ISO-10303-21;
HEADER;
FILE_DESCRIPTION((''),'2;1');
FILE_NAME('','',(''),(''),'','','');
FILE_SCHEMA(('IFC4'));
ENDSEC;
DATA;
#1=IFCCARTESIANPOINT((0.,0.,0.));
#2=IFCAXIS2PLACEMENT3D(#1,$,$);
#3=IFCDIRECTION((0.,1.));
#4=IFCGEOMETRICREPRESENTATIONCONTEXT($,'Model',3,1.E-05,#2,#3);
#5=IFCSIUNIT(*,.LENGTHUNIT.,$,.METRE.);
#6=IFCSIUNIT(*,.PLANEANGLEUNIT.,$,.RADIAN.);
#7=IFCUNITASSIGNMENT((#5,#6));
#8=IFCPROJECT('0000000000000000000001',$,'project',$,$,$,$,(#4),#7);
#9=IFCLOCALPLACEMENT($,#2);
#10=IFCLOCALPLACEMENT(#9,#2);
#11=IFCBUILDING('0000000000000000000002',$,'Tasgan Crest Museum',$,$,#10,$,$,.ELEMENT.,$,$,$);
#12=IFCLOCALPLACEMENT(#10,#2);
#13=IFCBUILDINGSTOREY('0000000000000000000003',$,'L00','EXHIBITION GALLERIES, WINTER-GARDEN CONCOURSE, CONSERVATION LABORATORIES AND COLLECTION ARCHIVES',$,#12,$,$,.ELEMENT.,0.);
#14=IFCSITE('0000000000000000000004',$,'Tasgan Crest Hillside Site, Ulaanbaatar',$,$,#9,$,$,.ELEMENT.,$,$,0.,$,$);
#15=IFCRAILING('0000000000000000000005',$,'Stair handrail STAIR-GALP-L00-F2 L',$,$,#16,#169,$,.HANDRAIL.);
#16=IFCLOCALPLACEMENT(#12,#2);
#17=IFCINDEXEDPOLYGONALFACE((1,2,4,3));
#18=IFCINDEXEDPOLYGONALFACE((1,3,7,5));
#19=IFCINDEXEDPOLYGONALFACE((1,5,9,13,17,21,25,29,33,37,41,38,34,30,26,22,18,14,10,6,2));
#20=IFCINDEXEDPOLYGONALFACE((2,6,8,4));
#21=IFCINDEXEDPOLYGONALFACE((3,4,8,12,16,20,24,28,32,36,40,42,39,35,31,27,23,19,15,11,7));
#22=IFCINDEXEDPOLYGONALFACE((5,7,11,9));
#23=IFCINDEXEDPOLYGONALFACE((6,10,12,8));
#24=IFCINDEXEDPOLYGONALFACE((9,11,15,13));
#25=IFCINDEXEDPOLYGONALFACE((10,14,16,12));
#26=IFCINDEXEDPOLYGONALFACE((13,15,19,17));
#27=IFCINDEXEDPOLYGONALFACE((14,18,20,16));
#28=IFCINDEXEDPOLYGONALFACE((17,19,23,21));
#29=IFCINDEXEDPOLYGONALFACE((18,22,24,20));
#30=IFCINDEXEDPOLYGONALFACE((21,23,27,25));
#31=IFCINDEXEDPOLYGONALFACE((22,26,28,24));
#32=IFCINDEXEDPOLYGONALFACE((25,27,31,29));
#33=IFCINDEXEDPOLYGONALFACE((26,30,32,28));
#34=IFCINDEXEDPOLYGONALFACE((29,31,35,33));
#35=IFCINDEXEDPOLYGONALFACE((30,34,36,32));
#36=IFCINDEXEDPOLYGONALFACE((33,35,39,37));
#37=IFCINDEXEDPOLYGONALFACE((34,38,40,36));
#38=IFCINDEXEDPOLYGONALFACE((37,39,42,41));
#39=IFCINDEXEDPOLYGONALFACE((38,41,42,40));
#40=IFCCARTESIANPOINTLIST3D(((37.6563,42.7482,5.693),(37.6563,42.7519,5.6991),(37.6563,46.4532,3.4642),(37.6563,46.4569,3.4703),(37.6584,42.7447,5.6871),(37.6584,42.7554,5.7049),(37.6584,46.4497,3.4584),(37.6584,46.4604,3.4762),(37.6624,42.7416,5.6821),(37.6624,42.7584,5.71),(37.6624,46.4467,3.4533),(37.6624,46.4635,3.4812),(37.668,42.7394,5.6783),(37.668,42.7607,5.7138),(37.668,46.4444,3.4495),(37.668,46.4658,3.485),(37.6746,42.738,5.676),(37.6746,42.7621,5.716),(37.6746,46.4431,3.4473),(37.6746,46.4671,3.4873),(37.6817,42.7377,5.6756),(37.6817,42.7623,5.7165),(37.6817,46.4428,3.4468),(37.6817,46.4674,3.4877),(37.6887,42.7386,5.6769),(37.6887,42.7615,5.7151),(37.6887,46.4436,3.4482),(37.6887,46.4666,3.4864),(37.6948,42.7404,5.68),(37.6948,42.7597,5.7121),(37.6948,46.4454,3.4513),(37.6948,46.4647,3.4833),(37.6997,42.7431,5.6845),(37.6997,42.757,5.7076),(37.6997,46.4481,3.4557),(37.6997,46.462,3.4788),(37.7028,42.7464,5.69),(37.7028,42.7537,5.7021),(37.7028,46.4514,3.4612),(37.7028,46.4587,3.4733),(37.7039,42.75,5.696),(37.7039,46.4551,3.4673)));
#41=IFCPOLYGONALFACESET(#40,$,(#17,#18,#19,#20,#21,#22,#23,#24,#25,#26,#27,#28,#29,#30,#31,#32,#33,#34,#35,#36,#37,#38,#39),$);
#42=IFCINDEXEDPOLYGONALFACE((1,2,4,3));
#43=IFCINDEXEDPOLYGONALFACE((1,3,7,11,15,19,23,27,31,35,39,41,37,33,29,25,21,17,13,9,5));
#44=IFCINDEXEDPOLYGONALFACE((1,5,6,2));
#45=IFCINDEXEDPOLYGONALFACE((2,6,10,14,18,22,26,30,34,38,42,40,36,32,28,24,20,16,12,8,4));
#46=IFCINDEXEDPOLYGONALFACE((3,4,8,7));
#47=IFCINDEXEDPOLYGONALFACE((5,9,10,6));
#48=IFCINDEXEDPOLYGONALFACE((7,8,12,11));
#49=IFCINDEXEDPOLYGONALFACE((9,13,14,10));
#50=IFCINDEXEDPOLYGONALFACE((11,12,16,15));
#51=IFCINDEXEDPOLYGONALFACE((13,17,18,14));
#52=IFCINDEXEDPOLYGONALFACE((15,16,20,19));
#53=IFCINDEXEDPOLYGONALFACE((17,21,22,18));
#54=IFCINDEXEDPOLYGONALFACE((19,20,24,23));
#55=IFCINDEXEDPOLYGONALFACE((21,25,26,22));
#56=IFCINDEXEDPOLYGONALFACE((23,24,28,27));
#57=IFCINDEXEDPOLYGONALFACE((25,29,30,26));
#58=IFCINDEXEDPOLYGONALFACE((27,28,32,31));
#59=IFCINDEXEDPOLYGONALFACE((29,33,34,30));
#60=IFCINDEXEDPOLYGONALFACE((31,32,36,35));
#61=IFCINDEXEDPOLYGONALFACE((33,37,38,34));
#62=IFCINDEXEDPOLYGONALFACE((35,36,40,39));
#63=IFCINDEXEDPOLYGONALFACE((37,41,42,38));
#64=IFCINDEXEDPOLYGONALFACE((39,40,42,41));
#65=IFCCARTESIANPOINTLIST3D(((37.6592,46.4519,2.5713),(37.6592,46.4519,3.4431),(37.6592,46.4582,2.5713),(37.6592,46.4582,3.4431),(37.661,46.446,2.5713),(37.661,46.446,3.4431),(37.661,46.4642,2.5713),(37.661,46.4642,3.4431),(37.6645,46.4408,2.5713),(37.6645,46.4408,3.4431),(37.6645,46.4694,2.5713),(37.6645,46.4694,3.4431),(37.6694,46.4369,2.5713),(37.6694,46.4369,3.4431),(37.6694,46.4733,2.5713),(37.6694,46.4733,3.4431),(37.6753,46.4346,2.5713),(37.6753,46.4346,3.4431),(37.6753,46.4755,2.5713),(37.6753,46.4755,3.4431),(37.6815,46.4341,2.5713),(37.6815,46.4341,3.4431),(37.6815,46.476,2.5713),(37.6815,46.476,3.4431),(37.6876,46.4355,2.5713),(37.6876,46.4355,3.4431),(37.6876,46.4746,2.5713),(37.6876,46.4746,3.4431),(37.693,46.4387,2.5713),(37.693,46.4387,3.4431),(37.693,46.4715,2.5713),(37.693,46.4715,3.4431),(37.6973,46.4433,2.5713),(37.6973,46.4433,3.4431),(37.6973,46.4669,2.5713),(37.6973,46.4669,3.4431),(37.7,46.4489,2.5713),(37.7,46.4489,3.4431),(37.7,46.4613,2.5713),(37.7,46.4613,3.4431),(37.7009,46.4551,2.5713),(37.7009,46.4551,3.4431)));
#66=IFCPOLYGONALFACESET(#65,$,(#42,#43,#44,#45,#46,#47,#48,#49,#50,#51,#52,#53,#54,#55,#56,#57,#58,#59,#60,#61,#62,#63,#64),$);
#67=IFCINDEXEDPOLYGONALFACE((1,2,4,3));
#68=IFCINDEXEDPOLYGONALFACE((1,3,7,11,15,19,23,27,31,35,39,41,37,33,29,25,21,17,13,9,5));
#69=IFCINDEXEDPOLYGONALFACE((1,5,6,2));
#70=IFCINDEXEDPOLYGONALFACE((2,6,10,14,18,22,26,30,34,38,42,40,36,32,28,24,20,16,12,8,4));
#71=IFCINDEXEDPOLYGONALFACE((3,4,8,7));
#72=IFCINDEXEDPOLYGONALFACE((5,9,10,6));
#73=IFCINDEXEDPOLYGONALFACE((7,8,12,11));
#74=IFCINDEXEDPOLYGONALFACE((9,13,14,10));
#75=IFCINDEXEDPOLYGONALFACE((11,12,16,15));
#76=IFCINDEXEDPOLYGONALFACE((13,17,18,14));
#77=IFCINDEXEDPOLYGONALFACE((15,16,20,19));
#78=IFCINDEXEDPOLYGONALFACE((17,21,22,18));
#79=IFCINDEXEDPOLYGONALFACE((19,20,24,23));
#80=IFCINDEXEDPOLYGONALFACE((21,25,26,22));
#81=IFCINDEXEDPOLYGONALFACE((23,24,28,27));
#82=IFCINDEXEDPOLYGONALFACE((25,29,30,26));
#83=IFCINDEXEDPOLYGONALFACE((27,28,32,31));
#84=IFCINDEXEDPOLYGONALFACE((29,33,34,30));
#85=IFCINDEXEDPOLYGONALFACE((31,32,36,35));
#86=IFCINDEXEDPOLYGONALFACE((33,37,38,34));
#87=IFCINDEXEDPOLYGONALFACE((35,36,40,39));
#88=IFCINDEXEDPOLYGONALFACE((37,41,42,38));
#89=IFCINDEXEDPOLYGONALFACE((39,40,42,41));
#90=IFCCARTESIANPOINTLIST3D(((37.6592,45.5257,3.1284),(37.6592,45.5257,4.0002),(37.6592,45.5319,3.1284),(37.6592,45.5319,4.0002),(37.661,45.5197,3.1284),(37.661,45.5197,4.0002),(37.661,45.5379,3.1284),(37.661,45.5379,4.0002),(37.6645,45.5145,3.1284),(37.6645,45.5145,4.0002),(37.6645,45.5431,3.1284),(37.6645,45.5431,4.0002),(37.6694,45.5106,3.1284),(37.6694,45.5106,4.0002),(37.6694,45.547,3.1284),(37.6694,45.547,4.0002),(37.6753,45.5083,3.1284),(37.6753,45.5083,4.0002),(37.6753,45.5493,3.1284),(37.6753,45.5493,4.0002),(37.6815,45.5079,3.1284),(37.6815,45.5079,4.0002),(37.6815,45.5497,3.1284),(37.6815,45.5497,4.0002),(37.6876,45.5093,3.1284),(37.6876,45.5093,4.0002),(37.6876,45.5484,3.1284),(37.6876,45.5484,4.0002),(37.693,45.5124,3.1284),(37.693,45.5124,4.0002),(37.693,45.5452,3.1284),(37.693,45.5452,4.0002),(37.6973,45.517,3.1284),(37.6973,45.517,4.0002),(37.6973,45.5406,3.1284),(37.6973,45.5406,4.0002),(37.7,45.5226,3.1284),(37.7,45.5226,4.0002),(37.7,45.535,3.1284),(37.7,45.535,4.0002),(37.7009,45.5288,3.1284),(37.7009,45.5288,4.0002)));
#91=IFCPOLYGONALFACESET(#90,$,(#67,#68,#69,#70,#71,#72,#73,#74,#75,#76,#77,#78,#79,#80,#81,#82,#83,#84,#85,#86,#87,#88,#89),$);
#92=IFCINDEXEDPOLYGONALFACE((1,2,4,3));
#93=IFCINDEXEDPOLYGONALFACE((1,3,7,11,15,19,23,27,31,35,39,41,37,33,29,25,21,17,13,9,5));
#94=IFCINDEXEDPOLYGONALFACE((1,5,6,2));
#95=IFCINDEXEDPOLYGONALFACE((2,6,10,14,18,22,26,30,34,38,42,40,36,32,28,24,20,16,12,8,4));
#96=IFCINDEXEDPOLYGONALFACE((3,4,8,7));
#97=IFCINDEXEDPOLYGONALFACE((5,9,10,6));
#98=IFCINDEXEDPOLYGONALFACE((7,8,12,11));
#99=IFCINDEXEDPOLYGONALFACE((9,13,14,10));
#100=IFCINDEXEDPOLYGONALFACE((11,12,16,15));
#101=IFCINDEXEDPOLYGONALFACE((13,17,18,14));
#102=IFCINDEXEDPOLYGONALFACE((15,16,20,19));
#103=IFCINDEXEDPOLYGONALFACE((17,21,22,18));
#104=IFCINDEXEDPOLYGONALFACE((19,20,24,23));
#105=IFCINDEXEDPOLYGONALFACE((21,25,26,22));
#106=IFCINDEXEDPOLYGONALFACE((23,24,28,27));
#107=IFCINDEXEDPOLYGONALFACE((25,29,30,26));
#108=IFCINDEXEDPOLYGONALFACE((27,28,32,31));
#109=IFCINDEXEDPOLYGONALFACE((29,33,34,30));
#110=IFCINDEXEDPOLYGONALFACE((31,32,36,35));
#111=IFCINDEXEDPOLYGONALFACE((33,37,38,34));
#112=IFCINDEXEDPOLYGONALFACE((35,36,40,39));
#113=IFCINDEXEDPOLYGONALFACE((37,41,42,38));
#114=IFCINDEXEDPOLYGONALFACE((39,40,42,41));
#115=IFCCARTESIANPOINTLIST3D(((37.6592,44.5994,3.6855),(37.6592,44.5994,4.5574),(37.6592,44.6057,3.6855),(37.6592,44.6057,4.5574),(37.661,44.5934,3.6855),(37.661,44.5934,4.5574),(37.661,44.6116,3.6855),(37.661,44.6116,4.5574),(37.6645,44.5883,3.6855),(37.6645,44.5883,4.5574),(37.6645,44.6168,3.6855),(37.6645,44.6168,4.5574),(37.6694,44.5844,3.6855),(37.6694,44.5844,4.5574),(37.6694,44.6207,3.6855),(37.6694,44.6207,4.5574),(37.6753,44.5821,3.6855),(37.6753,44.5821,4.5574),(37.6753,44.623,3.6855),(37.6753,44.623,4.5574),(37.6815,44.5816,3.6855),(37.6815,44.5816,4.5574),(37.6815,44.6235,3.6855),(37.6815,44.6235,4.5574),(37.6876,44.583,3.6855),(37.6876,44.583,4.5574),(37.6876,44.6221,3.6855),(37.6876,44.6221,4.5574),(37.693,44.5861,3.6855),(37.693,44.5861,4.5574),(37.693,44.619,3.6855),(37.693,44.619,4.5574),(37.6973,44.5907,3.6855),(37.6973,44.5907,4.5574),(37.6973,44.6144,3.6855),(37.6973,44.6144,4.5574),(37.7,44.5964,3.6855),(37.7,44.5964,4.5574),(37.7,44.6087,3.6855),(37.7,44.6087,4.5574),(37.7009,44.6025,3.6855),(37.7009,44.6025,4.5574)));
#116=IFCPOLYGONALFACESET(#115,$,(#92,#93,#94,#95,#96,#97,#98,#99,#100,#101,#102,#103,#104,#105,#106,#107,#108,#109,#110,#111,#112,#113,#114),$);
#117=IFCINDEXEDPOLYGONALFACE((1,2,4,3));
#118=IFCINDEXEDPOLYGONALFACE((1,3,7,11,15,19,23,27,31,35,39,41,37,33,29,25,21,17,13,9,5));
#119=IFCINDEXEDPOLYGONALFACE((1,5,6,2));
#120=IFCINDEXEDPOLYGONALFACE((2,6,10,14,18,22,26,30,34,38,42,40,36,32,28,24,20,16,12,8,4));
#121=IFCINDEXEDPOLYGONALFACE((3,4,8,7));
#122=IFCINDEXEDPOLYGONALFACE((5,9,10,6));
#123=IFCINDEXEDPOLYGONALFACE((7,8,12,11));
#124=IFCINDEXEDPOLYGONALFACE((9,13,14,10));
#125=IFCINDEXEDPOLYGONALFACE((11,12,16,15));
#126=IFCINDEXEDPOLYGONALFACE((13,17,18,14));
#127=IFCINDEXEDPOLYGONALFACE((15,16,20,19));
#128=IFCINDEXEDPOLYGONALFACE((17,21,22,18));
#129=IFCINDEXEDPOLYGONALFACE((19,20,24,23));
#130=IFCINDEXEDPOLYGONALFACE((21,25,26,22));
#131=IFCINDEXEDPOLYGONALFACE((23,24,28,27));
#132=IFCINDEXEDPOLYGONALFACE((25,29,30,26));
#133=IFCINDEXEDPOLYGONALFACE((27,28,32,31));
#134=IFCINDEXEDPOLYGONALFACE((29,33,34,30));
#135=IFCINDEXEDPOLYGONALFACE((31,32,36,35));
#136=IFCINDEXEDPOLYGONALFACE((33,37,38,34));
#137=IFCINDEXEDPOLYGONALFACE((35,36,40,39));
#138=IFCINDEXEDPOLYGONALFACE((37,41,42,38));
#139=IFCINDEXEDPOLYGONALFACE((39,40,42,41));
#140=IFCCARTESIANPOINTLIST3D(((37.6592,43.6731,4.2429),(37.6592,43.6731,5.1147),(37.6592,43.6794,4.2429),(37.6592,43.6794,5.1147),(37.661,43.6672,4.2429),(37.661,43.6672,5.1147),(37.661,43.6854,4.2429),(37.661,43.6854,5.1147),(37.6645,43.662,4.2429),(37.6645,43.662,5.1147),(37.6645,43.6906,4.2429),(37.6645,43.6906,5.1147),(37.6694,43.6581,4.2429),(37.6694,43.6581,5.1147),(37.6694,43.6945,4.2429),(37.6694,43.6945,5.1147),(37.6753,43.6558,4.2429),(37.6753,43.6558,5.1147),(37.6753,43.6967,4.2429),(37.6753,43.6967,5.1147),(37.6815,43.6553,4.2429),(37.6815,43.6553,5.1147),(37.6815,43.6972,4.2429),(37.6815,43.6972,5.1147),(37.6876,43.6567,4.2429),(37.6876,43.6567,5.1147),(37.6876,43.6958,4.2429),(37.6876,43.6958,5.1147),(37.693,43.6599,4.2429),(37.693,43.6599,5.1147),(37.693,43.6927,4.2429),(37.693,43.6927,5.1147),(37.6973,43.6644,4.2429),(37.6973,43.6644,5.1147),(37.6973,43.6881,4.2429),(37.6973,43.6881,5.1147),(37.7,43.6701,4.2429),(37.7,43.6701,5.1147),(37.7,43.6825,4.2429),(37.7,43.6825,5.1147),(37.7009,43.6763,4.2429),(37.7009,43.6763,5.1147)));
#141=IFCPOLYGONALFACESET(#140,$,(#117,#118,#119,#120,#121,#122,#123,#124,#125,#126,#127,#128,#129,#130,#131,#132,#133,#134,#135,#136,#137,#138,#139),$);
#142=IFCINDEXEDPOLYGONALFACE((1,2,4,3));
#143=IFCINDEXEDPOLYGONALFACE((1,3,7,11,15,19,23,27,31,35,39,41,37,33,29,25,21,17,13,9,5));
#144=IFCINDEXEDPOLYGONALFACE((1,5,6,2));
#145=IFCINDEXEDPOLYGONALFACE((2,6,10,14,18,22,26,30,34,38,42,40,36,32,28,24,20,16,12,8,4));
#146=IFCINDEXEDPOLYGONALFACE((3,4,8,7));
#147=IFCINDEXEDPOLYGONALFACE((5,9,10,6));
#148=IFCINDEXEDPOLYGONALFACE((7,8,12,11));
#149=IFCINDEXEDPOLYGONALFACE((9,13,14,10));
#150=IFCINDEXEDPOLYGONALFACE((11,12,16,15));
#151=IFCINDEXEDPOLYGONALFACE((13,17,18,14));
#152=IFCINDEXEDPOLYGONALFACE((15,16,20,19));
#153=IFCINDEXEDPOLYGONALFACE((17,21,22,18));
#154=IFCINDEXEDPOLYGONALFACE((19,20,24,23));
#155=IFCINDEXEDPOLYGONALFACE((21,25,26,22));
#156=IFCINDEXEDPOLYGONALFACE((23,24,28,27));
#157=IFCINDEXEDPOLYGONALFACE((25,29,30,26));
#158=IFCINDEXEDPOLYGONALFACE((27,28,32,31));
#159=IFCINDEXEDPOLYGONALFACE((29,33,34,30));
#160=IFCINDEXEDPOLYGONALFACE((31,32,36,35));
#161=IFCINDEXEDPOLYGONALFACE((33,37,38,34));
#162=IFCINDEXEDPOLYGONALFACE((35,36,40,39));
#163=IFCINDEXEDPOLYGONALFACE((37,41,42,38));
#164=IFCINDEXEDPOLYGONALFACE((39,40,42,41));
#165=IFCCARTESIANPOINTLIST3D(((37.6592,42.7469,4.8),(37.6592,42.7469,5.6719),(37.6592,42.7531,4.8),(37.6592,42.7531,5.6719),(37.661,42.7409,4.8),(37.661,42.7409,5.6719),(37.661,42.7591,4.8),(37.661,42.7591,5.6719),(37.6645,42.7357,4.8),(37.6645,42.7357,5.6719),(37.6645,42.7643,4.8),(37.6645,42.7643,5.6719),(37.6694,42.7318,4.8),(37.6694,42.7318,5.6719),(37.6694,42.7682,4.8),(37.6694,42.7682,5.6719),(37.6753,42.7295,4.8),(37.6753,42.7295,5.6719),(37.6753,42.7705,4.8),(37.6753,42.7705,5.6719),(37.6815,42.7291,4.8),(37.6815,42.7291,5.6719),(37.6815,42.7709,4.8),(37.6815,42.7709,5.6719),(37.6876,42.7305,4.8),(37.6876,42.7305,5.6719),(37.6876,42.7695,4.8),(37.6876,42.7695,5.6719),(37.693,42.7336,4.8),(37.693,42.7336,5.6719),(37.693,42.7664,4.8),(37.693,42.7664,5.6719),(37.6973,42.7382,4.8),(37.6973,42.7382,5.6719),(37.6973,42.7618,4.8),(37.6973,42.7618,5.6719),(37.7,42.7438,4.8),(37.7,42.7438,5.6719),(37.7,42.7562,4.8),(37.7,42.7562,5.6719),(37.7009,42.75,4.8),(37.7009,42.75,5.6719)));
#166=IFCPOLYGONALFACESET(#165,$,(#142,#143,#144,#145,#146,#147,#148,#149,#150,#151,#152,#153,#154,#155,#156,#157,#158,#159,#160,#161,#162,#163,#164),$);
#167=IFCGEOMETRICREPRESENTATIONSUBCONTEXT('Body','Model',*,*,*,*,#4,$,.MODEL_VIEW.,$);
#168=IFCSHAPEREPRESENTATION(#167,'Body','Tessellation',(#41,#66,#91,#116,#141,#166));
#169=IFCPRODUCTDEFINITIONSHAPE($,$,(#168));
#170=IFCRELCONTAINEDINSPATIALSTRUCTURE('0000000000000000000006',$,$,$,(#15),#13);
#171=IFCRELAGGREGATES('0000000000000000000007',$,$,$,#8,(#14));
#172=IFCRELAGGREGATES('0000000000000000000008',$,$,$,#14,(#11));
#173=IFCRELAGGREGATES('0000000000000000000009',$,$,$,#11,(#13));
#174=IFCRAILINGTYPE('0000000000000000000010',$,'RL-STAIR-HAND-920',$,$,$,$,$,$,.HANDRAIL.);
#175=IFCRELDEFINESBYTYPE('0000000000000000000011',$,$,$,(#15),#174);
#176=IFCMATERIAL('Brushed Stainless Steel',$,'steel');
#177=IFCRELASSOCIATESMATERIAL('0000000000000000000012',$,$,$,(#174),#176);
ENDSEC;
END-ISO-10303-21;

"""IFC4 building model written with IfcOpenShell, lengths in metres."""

from ifc_helpers import new_model, si_unit, direction, frame, origin, origin_2d, place, context, subcontext, project, spatial, circle, extrude, material, type_object, element, save


model = new_model("IFC4")

# Units and contexts
model_context = context("Model", 3, precision=1e-05, world=origin(), true_north=direction((0.0, 1.0)))
body_context = subcontext(model_context, "Body", "Model", "MODEL_VIEW")
ifc_project = project(units=[si_unit("LENGTHUNIT", "METRE"), si_unit("PLANEANGLEUNIT", "RADIAN")], contexts=[model_context])

# Site, building, storey
site_placement = place(None, origin())
site = spatial("IfcSite", under=ifc_project, at=site_placement, Name="Tasgan Crest Hillside Site, Ulaanbaatar", CompositionType="ELEMENT", RefElevation=0.0)
building_placement = place(site_placement, origin())
building = spatial("IfcBuilding", under=site, at=building_placement, Name="Tasgan Crest Museum", CompositionType="ELEMENT")
storey_placement = place(building_placement, origin())
storey = spatial("IfcBuildingStorey", under=building, at=storey_placement, Name="L00", Description="EXHIBITION GALLERIES, WINTER-GARDEN CONCOURSE, CONSERVATION LABORATORIES AND COLLECTION ARCHIVES", CompositionType="ELEMENT", Elevation=0.0)

# Railing
ifc_material_1 = material(Name="Brushed Stainless Steel", Category="steel")
railing_type_1 = type_object("IfcRailingType", Name="RL-STAIR-HAND-920", PredefinedType="HANDRAIL", material=ifc_material_1)
for number, where, name in (
    (1, (37.6799, 46.4551, 2.5713), "Stair handrail STAIR-GALP-L00-F2 L"),
):
    element("IfcRailing", number, at=place(storey_placement, frame(where)), inside=storey, type_object=railing_type_1, Name=name, PredefinedType="HANDRAIL", context=body_context, shape_type="SweptSolid", body=[
        extrude(circle(Radius=0.0239, at=origin_2d()), frame((0.0, 0.0, 0.896), z_axis=(0.0, -0.856909, 0.515467), x_axis=(1.0, 0.0, 0.0)), (0.0, 0.0, 1.0), 4.3237),
        extrude(circle(Radius=0.021, at=origin_2d()), origin(), (0.0, 0.0, 1.0), 0.8718),
        extrude(circle(Radius=0.021, at=origin_2d()), frame((0.0, -0.9263, 0.5571)), (0.0, 0.0, 1.0), 0.8718),
        extrude(circle(Radius=0.021, at=origin_2d()), frame((0.0, -1.8525, 1.1143)), (0.0, 0.0, 1.0), 0.8718),
        extrude(circle(Radius=0.021, at=origin_2d()), frame((0.0, -2.7788, 1.6716)), (0.0, 0.0, 1.0), 0.8718),
        extrude(circle(Radius=0.021, at=origin_2d()), frame((0.0, -3.7051, 2.2288)), (0.0, 0.0, 1.0), 0.8718),
    ])

save(model, "model.ifc")
